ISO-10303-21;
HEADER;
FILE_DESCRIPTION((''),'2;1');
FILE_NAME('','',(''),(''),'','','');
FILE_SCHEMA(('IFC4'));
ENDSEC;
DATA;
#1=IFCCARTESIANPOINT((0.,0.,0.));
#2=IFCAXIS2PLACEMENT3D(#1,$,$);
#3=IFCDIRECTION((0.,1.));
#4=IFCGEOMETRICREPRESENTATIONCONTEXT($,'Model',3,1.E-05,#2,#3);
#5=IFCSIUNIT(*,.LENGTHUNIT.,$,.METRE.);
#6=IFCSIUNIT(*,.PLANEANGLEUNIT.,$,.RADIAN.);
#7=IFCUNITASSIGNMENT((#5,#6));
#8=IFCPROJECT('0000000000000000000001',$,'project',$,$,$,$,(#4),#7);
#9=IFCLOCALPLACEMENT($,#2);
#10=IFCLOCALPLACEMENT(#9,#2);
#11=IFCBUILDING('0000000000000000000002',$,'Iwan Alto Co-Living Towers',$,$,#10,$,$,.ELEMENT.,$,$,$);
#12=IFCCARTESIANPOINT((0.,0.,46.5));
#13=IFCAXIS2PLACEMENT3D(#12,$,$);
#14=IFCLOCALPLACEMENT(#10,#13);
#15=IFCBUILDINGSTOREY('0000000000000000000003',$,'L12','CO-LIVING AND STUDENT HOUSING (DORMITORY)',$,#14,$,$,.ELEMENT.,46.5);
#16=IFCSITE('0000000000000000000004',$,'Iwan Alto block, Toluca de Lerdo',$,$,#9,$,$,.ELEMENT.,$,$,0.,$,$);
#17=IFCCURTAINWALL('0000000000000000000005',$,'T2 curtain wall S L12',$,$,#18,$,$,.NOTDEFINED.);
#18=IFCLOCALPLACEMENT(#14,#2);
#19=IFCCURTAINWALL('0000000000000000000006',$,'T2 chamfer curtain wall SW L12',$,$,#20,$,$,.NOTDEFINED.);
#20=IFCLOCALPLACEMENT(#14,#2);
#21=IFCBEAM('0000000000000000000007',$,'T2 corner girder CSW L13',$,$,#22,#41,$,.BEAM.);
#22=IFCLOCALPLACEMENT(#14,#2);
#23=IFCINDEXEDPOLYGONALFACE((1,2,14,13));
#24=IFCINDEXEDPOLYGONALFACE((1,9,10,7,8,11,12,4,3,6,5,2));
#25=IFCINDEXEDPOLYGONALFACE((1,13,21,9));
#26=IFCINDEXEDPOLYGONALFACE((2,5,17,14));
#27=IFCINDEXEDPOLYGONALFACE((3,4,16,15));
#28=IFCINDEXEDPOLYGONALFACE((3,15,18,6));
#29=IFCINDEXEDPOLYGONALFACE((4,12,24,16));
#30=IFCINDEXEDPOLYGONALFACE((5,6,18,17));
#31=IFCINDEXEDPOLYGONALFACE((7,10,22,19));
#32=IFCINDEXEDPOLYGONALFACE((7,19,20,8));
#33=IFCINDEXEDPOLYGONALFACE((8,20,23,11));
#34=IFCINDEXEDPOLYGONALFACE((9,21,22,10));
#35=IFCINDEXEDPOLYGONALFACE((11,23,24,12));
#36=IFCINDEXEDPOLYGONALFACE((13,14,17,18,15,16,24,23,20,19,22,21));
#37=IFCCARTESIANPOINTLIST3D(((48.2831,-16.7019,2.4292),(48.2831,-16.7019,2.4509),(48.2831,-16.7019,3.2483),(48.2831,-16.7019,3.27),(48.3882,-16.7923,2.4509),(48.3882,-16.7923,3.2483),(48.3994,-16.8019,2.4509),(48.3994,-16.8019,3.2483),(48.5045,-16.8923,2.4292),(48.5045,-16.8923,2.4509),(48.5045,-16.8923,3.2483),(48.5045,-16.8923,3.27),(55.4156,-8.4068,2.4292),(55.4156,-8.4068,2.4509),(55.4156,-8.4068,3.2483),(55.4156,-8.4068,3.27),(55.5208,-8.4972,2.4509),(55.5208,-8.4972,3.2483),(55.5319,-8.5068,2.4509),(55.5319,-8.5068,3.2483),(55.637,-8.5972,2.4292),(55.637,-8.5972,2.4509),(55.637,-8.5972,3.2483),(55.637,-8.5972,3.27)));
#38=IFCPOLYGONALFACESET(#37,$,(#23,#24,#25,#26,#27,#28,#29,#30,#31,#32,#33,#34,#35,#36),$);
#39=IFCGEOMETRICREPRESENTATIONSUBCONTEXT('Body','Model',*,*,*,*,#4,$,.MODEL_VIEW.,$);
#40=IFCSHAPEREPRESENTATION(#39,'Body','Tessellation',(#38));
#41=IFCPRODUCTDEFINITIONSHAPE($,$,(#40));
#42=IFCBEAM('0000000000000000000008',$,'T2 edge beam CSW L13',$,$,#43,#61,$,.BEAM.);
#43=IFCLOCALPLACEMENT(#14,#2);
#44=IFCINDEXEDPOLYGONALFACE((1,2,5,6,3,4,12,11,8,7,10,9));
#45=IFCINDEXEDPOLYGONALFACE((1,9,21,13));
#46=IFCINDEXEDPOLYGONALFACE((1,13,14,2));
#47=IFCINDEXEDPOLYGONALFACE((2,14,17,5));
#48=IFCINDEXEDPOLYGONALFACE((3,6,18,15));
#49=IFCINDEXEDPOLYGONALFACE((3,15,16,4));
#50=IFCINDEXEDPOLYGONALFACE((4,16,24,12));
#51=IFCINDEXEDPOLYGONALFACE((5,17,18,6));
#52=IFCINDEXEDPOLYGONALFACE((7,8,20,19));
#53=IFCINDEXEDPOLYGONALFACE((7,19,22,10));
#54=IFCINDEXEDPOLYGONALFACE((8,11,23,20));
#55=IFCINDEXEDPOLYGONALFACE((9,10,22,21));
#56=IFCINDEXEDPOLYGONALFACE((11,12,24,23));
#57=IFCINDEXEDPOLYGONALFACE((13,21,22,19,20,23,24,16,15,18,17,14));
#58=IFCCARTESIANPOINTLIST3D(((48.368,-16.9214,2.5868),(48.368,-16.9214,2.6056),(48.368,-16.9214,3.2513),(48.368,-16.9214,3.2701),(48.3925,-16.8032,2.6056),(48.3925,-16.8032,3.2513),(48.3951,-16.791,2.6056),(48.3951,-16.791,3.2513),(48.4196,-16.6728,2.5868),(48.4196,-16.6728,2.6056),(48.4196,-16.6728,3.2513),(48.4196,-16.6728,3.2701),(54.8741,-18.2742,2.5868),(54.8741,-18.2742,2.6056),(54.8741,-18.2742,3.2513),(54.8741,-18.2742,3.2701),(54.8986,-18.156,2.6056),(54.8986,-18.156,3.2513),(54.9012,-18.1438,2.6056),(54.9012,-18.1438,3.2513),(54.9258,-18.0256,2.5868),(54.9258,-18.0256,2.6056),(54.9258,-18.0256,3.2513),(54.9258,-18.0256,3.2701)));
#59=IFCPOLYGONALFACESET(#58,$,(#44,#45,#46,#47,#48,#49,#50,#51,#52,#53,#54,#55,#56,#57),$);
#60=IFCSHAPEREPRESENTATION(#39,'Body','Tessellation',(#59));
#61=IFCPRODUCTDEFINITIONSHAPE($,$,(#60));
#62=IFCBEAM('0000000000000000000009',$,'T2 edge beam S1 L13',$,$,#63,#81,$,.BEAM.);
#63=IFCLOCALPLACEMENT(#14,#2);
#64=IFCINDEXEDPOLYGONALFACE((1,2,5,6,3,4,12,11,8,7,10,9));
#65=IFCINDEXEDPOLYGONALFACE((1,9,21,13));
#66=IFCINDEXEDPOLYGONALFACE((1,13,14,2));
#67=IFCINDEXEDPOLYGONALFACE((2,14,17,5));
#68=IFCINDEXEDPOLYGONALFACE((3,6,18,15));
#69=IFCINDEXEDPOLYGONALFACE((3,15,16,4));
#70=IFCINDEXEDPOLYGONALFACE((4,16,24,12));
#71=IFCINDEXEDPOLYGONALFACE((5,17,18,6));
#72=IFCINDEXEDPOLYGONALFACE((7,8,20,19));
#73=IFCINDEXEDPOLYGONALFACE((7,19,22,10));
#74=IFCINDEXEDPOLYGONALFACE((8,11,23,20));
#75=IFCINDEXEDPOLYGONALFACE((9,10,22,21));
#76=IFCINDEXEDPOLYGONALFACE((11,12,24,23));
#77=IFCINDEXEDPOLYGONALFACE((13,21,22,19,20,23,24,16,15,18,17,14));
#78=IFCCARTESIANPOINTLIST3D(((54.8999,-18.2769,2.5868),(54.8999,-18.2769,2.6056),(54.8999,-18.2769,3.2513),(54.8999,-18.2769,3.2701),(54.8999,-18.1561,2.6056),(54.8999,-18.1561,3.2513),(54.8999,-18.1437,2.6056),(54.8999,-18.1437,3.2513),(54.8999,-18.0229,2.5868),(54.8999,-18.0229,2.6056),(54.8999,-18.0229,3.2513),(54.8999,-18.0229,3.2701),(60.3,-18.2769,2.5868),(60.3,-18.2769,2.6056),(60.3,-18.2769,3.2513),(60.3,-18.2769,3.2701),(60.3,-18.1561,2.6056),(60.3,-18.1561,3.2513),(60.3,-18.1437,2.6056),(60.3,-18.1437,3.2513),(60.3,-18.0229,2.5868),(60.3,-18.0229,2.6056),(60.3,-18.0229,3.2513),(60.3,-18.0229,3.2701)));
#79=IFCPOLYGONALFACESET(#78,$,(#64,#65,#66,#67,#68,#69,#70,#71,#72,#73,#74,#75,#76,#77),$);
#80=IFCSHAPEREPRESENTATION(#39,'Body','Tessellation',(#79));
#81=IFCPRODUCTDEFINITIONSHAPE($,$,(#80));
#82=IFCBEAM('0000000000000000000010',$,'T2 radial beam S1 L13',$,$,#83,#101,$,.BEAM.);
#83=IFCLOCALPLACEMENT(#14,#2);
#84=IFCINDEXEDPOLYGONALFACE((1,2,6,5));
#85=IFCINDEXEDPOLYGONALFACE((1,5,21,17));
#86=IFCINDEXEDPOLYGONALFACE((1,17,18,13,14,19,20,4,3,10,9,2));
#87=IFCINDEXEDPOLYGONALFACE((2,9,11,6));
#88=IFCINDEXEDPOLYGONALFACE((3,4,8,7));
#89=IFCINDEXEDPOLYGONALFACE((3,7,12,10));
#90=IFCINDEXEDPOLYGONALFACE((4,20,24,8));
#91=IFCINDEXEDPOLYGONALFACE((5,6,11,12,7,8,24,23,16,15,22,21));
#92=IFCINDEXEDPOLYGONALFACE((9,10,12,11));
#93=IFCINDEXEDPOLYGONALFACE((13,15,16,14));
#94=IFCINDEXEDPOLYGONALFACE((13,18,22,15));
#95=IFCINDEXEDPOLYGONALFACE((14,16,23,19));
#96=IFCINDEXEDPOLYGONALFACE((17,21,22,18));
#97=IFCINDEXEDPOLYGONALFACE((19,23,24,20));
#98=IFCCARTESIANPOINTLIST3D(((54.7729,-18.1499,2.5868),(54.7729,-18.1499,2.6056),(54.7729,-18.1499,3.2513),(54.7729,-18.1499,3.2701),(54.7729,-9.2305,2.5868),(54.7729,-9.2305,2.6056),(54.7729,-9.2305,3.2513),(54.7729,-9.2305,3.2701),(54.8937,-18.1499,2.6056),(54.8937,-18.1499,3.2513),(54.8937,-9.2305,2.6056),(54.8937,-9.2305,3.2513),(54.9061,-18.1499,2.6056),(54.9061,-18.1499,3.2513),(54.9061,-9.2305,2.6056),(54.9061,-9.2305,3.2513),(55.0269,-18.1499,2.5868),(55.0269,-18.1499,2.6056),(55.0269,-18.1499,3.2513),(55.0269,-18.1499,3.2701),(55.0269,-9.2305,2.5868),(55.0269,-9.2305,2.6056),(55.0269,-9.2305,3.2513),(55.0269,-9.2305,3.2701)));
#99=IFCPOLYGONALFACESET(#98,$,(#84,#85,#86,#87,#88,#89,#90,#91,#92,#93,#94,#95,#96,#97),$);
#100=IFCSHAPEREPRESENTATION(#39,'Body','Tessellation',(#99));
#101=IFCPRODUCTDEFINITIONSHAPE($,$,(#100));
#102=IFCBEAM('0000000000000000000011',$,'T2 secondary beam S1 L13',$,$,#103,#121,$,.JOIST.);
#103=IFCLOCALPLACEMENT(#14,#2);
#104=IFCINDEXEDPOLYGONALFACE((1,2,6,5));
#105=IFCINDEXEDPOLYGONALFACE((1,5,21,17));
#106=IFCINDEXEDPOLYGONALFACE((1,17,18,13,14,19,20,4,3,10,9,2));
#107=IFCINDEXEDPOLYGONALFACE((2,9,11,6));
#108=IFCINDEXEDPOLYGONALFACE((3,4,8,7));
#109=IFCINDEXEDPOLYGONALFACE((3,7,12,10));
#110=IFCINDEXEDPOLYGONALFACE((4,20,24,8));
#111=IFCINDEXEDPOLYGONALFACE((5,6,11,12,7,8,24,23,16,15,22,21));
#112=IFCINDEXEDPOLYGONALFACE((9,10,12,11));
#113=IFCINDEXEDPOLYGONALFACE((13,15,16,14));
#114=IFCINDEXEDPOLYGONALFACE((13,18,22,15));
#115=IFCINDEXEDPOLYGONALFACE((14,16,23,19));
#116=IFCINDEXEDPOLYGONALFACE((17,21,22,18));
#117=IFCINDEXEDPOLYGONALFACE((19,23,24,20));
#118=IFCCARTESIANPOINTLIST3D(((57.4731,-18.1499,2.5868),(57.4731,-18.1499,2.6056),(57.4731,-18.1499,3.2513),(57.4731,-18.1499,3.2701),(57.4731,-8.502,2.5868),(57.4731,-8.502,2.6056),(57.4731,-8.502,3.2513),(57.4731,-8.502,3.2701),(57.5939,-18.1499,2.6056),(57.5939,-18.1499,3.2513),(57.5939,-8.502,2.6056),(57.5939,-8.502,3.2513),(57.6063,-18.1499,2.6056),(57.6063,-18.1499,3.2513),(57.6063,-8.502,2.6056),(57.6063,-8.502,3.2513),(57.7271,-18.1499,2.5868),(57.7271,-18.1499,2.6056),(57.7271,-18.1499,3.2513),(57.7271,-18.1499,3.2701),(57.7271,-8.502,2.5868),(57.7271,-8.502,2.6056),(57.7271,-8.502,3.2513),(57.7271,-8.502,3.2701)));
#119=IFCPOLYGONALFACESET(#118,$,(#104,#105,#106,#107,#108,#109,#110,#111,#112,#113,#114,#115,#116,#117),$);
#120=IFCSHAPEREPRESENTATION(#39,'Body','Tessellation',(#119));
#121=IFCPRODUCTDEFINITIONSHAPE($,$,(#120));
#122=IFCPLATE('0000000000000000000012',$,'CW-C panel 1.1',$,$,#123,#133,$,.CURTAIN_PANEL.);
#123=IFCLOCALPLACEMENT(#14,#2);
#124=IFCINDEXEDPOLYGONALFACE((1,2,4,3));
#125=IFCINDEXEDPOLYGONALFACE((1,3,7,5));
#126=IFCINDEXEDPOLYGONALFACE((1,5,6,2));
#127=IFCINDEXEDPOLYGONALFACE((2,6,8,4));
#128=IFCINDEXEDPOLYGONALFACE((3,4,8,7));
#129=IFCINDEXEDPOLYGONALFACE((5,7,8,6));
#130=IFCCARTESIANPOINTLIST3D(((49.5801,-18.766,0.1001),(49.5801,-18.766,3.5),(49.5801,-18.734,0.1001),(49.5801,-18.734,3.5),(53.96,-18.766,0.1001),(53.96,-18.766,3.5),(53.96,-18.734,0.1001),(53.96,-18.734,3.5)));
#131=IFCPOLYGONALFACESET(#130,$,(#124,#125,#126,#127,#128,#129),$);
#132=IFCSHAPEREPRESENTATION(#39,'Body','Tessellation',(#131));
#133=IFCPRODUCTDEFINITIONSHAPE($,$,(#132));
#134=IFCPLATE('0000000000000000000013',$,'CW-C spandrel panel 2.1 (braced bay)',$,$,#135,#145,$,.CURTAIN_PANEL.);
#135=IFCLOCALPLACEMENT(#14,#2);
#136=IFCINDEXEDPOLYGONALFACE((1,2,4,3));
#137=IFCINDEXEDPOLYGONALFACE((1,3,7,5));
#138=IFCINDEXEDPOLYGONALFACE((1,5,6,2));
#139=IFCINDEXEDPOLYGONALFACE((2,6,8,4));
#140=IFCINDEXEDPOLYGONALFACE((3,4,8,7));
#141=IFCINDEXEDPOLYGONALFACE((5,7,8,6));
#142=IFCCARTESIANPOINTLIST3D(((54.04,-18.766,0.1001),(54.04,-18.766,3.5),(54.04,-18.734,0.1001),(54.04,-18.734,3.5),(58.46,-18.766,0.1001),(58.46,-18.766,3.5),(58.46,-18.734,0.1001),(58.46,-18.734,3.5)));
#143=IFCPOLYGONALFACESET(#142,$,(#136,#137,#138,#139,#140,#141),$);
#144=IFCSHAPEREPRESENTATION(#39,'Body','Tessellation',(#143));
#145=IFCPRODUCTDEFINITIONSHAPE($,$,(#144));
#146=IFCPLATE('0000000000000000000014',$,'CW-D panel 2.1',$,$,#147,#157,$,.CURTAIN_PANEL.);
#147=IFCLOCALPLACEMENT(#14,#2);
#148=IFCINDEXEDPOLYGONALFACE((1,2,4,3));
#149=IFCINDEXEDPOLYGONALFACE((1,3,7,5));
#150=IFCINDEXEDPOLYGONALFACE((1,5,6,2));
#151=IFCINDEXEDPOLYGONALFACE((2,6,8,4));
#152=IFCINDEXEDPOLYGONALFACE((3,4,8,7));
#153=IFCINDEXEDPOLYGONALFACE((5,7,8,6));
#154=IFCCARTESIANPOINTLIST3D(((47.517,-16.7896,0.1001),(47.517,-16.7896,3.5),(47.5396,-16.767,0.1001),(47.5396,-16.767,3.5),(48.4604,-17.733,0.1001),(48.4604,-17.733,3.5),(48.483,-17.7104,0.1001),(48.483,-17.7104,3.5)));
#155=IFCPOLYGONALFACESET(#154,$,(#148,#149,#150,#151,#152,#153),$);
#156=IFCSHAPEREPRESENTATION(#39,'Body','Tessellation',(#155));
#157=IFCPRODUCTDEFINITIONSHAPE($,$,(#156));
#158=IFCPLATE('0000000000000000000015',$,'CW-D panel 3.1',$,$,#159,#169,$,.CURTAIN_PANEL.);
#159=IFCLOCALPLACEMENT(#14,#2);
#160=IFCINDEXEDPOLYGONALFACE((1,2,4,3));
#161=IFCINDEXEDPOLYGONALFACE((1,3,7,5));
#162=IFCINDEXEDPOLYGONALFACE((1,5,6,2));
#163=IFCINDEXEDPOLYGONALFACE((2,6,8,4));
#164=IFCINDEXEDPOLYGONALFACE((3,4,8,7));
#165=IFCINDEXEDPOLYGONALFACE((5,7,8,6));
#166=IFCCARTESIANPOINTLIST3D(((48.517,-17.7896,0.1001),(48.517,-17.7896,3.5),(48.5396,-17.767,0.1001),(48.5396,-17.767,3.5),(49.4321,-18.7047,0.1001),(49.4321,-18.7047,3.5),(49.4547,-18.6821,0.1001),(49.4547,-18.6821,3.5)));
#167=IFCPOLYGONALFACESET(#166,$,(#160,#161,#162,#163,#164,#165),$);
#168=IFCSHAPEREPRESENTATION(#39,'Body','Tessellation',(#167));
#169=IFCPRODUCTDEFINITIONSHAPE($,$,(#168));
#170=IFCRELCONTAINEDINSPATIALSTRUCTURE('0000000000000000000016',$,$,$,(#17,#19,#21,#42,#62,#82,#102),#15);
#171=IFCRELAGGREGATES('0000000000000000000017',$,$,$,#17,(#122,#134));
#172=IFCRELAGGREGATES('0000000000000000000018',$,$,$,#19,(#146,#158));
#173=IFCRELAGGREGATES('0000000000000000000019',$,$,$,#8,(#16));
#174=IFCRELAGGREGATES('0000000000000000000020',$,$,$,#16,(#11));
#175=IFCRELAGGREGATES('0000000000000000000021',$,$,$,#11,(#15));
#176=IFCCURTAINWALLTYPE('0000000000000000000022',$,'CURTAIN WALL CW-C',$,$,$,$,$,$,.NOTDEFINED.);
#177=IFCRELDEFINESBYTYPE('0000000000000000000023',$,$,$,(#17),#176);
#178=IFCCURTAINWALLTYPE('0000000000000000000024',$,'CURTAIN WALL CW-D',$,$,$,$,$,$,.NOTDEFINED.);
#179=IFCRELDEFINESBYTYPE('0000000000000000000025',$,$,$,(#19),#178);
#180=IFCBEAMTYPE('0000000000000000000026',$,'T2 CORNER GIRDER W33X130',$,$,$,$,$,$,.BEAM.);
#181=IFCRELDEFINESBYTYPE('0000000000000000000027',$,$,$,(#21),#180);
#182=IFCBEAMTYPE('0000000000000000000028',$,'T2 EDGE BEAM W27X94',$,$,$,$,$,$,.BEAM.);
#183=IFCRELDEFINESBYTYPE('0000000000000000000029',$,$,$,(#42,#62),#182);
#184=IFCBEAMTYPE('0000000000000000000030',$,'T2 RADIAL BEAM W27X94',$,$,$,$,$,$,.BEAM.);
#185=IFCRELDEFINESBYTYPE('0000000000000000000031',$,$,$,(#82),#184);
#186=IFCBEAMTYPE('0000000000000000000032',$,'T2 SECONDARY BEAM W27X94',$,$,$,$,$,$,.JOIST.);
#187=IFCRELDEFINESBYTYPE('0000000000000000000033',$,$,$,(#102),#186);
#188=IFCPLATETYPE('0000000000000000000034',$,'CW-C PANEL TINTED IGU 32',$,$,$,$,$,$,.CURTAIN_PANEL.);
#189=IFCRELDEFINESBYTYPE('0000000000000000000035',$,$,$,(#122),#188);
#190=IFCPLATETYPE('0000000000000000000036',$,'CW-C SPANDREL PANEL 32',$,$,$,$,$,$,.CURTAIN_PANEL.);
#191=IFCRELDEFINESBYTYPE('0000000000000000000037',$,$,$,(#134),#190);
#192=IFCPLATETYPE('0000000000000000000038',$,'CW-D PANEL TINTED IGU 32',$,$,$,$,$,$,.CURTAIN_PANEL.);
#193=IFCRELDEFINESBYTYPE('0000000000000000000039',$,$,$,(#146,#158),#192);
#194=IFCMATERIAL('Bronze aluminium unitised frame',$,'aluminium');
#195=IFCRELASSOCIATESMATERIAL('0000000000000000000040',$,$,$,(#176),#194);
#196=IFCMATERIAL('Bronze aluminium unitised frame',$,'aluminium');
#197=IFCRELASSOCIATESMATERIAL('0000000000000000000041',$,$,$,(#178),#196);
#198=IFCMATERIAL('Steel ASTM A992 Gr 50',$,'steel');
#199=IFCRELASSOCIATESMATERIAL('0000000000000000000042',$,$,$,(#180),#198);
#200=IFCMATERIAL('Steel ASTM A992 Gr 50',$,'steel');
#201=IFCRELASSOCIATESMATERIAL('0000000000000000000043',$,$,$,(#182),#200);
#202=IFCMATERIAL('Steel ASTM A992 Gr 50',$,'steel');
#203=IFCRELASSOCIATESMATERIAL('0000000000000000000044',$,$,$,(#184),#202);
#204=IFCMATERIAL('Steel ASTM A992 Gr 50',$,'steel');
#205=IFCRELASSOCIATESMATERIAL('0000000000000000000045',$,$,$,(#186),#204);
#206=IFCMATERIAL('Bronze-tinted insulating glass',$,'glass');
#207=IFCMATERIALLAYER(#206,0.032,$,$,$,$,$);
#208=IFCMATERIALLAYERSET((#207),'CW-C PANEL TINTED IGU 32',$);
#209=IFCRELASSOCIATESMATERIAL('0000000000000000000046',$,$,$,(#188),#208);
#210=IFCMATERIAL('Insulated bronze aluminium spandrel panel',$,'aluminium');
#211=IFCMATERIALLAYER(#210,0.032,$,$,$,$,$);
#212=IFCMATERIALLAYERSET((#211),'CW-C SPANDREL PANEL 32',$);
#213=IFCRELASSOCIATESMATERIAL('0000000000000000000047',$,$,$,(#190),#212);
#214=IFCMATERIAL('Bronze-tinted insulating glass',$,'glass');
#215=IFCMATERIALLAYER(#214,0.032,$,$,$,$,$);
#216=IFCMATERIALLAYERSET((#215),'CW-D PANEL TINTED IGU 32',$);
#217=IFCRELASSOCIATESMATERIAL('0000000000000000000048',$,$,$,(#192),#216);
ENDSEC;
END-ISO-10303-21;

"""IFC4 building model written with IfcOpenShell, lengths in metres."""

from ifc_helpers import new_model, si_unit, direction, frame, origin, origin_2d, place, context, subcontext, project, spatial, rectangle, i_section, extrude, material, layer, layer_set, material_profile, profile_set, type_object, element, aggregate, save


model = new_model("IFC4")

# Units and contexts
model_context = context("Model", 3, precision=1e-05, world=origin(), true_north=direction((0.0, 1.0)))
body_context = subcontext(model_context, "Body", "Model", "MODEL_VIEW")
ifc_project = project(units=[si_unit("LENGTHUNIT", "METRE"), si_unit("PLANEANGLEUNIT", "RADIAN")], contexts=[model_context])

# Site, building, storey
site_placement = place(None, origin())
site = spatial("IfcSite", under=ifc_project, at=site_placement, Name="Iwan Alto block, Toluca de Lerdo", CompositionType="ELEMENT", RefElevation=0.0)
building_placement = place(site_placement, origin())
building = spatial("IfcBuilding", under=site, at=building_placement, Name="Iwan Alto Co-Living Towers", CompositionType="ELEMENT")
storey_placement = place(building_placement, frame((0.0, 0.0, 46.5)))
storey = spatial("IfcBuildingStorey", under=building, at=storey_placement, Name="L12", Description="CO-LIVING AND STUDENT HOUSING (DORMITORY)", CompositionType="ELEMENT", Elevation=46.5)

# Curtain walls
ifc_material_1 = material(Name="Bronze aluminium unitised frame", Category="aluminium")
curtain_wall_type_1 = type_object("IfcCurtainWallType", Name="CURTAIN WALL CW-C", PredefinedType="NOTDEFINED", material=ifc_material_1)
curtain_wall_1_placement = place(storey_placement, origin())
curtain_wall_1 = element("IfcCurtainWall", 1, at=curtain_wall_1_placement, inside=storey, type_object=curtain_wall_type_1, Name="T2 curtain wall S L12", PredefinedType="NOTDEFINED")
ifc_material_2 = material(Name="Bronze aluminium unitised frame", Category="aluminium")
curtain_wall_type_2 = type_object("IfcCurtainWallType", Name="CURTAIN WALL CW-D", PredefinedType="NOTDEFINED", material=ifc_material_2)
curtain_wall_2_placement = place(storey_placement, origin())
curtain_wall_2 = element("IfcCurtainWall", 2, at=curtain_wall_2_placement, inside=storey, type_object=curtain_wall_type_2, Name="T2 chamfer curtain wall SW L12", PredefinedType="NOTDEFINED")

# Beams
ifc_material_3 = material(Name="Steel ASTM A992 Gr 50", Category="steel")
ifc_material_profile_1 = material_profile(ifc_material_3, i_section(OverallWidth=0.292, OverallDepth=0.8408, WebThickness=0.0146, FlangeThickness=0.0217, at=origin_2d()), Name="W33X130")
ifc_profile_set_1 = profile_set([ifc_material_profile_1], Name="Steel ASTM A992 Gr 50")
beam_type_1 = type_object("IfcBeamType", Name="T2 CORNER GIRDER W33X130", PredefinedType="BEAM", material=ifc_profile_set_1)
beam_1_placement = place(storey_placement, frame((48.3938, -16.7971, 2.8496), z_axis=(0.651972, 0.758243, 0.0), x_axis=(-0.758243, 0.651972, 0.0)))
element("IfcBeam", 3, at=beam_1_placement, inside=storey, type_object=beam_type_1, Name="T2 corner girder CSW L13", PredefinedType="BEAM", context=body_context, shape_type="SweptSolid", body=[
    extrude(i_section(OverallWidth=0.292, OverallDepth=0.8408, WebThickness=0.0146, FlangeThickness=0.0217, at=origin_2d()), origin(), (0.0, 0.0, 1.0), 10.9399),
])
ifc_material_4 = material(Name="Steel ASTM A992 Gr 50", Category="steel")
ifc_material_profile_2 = material_profile(ifc_material_4, i_section(OverallWidth=0.2539, OverallDepth=0.6833, WebThickness=0.0125, FlangeThickness=0.0188, at=origin_2d()), Name="W27X94")
ifc_profile_set_2 = profile_set([ifc_material_profile_2], Name="Steel ASTM A992 Gr 50")
beam_type_2 = type_object("IfcBeamType", Name="T2 EDGE BEAM W27X94", PredefinedType="BEAM", material=ifc_profile_set_2)
beam_2_placement = place(storey_placement, frame((48.3938, -16.7971, 2.9285), z_axis=(0.97906, -0.203571, 0.0), x_axis=(0.203571, 0.97906, 0.0)))
element("IfcBeam", 4, at=beam_2_placement, inside=storey, type_object=beam_type_2, Name="T2 edge beam CSW L13", PredefinedType="BEAM", context=body_context, shape_type="SweptSolid", body=[
    extrude(i_section(OverallWidth=0.2539, OverallDepth=0.6833, WebThickness=0.0125, FlangeThickness=0.0188, at=origin_2d()), origin(), (0.0, 0.0, 1.0), 6.6453),
])
beam_3_placement = place(storey_placement, frame((54.8999, -18.1499, 2.9285), z_axis=(1.0, 0.0, 0.0), x_axis=(0.0, 1.0, 0.0)))
element("IfcBeam", 5, at=beam_3_placement, inside=storey, type_object=beam_type_2, Name="T2 edge beam S1 L13", PredefinedType="BEAM", context=body_context, shape_type="SweptSolid", body=[
    extrude(i_section(OverallWidth=0.2539, OverallDepth=0.6833, WebThickness=0.0125, FlangeThickness=0.0188, at=origin_2d()), origin(), (0.0, 0.0, 1.0), 5.4001),
])
ifc_material_5 = material(Name="Steel ASTM A992 Gr 50", Category="steel")
ifc_material_profile_3 = material_profile(ifc_material_5, i_section(OverallWidth=0.2539, OverallDepth=0.6833, WebThickness=0.0125, FlangeThickness=0.0188, at=origin_2d()), Name="W27X94")
ifc_profile_set_3 = profile_set([ifc_material_profile_3], Name="Steel ASTM A992 Gr 50")
beam_type_3 = type_object("IfcBeamType", Name="T2 RADIAL BEAM W27X94", PredefinedType="BEAM", material=ifc_profile_set_3)
beam_4_placement = place(storey_placement, frame((54.8999, -18.1499, 2.9285), z_axis=(0.0, 1.0, 0.0), x_axis=(-1.0, 0.0, 0.0)))
element("IfcBeam", 6, at=beam_4_placement, inside=storey, type_object=beam_type_3, Name="T2 radial beam S1 L13", PredefinedType="BEAM", context=body_context, shape_type="SweptSolid", body=[
    extrude(i_section(OverallWidth=0.2539, OverallDepth=0.6833, WebThickness=0.0125, FlangeThickness=0.0188, at=origin_2d()), origin(), (0.0, 0.0, 1.0), 8.9194),
])
ifc_material_6 = material(Name="Steel ASTM A992 Gr 50", Category="steel")
ifc_material_profile_4 = material_profile(ifc_material_6, i_section(OverallWidth=0.2539, OverallDepth=0.6833, WebThickness=0.0125, FlangeThickness=0.0188, at=origin_2d()), Name="W27X94")
ifc_profile_set_4 = profile_set([ifc_material_profile_4], Name="Steel ASTM A992 Gr 50")
beam_type_4 = type_object("IfcBeamType", Name="T2 SECONDARY BEAM W27X94", PredefinedType="JOIST", material=ifc_profile_set_4)
beam_5_placement = place(storey_placement, frame((57.6001, -18.1499, 2.9285), z_axis=(0.0, 1.0, 0.0), x_axis=(-1.0, 0.0, 0.0)))
element("IfcBeam", 7, at=beam_5_placement, inside=storey, type_object=beam_type_4, Name="T2 secondary beam S1 L13", PredefinedType="JOIST", context=body_context, shape_type="SweptSolid", body=[
    extrude(i_section(OverallWidth=0.2539, OverallDepth=0.6833, WebThickness=0.0125, FlangeThickness=0.0188, at=origin_2d()), origin(), (0.0, 0.0, 1.0), 9.6479),
])

# Plates
ifc_material_7 = material(Name="Bronze-tinted insulating glass", Category="glass")
ifc_layer_1 = layer(ifc_material_7, 0.032)
ifc_layer_set_1 = layer_set([ifc_layer_1], Name="CW-C PANEL TINTED IGU 32")
plate_type_1 = type_object("IfcPlateType", Name="CW-C PANEL TINTED IGU 32", PredefinedType="CURTAIN_PANEL", material=ifc_layer_set_1)
plate_1_placement = place(storey_placement, frame((51.77, -18.75, 0.1001), z_axis=(0.0, 0.0, 1.0), x_axis=(1.0, 0.0, 0.0)))
plate_1 = element("IfcPlate", 8, at=plate_1_placement, type_object=plate_type_1, Name="CW-C panel 1.1", PredefinedType="CURTAIN_PANEL", context=body_context, shape_type="SweptSolid", body=[
    extrude(rectangle(XDim=4.3799, YDim=0.032, at=origin_2d()), origin(), (0.0, 0.0, 1.0), 3.3999),
])
ifc_material_8 = material(Name="Insulated bronze aluminium spandrel panel", Category="aluminium")
ifc_layer_2 = layer(ifc_material_8, 0.032)
ifc_layer_set_2 = layer_set([ifc_layer_2], Name="CW-C SPANDREL PANEL 32")
plate_type_2 = type_object("IfcPlateType", Name="CW-C SPANDREL PANEL 32", PredefinedType="CURTAIN_PANEL", material=ifc_layer_set_2)
plate_2_placement = place(storey_placement, frame((56.25, -18.75, 0.1001), z_axis=(0.0, 0.0, 1.0), x_axis=(1.0, 0.0, 0.0)))
plate_2 = element("IfcPlate", 9, at=plate_2_placement, type_object=plate_type_2, Name="CW-C spandrel panel 2.1 (braced bay)", PredefinedType="CURTAIN_PANEL", context=body_context, shape_type="SweptSolid", body=[
    extrude(rectangle(XDim=4.4199, YDim=0.032, at=origin_2d()), origin(), (0.0, 0.0, 1.0), 3.3999),
])
aggregate(curtain_wall_1, [plate_1, plate_2])
ifc_material_9 = material(Name="Bronze-tinted insulating glass", Category="glass")
ifc_layer_3 = layer(ifc_material_9, 0.032)
ifc_layer_set_3 = layer_set([ifc_layer_3], Name="CW-D PANEL TINTED IGU 32")
plate_type_3 = type_object("IfcPlateType", Name="CW-D PANEL TINTED IGU 32", PredefinedType="CURTAIN_PANEL", material=ifc_layer_set_3)
plate_3_placement = place(storey_placement, frame((48.0, -17.25, 0.1001), z_axis=(0.0, 0.0, 1.0), x_axis=(0.707107, -0.707107, 0.0)))
plate_3 = element("IfcPlate", 10, at=plate_3_placement, type_object=plate_type_3, Name="CW-D panel 2.1", PredefinedType="CURTAIN_PANEL", context=body_context, shape_type="SweptSolid", body=[
    extrude(rectangle(XDim=1.3342, YDim=0.032, at=origin_2d()), origin(), (0.0, 0.0, 1.0), 3.3999),
])
plate_4_placement = place(storey_placement, frame((48.9858, -18.2358, 0.1001), z_axis=(0.0, 0.0, 1.0), x_axis=(0.707107, -0.707107, 0.0)))
plate_4 = element("IfcPlate", 11, at=plate_4_placement, type_object=plate_type_3, Name="CW-D panel 3.1", PredefinedType="CURTAIN_PANEL", context=body_context, shape_type="SweptSolid", body=[
    extrude(rectangle(XDim=1.2942, YDim=0.032, at=origin_2d()), origin(), (0.0, 0.0, 1.0), 3.3999),
])
aggregate(curtain_wall_2, [plate_3, plate_4])

save(model, "model.ifc")
